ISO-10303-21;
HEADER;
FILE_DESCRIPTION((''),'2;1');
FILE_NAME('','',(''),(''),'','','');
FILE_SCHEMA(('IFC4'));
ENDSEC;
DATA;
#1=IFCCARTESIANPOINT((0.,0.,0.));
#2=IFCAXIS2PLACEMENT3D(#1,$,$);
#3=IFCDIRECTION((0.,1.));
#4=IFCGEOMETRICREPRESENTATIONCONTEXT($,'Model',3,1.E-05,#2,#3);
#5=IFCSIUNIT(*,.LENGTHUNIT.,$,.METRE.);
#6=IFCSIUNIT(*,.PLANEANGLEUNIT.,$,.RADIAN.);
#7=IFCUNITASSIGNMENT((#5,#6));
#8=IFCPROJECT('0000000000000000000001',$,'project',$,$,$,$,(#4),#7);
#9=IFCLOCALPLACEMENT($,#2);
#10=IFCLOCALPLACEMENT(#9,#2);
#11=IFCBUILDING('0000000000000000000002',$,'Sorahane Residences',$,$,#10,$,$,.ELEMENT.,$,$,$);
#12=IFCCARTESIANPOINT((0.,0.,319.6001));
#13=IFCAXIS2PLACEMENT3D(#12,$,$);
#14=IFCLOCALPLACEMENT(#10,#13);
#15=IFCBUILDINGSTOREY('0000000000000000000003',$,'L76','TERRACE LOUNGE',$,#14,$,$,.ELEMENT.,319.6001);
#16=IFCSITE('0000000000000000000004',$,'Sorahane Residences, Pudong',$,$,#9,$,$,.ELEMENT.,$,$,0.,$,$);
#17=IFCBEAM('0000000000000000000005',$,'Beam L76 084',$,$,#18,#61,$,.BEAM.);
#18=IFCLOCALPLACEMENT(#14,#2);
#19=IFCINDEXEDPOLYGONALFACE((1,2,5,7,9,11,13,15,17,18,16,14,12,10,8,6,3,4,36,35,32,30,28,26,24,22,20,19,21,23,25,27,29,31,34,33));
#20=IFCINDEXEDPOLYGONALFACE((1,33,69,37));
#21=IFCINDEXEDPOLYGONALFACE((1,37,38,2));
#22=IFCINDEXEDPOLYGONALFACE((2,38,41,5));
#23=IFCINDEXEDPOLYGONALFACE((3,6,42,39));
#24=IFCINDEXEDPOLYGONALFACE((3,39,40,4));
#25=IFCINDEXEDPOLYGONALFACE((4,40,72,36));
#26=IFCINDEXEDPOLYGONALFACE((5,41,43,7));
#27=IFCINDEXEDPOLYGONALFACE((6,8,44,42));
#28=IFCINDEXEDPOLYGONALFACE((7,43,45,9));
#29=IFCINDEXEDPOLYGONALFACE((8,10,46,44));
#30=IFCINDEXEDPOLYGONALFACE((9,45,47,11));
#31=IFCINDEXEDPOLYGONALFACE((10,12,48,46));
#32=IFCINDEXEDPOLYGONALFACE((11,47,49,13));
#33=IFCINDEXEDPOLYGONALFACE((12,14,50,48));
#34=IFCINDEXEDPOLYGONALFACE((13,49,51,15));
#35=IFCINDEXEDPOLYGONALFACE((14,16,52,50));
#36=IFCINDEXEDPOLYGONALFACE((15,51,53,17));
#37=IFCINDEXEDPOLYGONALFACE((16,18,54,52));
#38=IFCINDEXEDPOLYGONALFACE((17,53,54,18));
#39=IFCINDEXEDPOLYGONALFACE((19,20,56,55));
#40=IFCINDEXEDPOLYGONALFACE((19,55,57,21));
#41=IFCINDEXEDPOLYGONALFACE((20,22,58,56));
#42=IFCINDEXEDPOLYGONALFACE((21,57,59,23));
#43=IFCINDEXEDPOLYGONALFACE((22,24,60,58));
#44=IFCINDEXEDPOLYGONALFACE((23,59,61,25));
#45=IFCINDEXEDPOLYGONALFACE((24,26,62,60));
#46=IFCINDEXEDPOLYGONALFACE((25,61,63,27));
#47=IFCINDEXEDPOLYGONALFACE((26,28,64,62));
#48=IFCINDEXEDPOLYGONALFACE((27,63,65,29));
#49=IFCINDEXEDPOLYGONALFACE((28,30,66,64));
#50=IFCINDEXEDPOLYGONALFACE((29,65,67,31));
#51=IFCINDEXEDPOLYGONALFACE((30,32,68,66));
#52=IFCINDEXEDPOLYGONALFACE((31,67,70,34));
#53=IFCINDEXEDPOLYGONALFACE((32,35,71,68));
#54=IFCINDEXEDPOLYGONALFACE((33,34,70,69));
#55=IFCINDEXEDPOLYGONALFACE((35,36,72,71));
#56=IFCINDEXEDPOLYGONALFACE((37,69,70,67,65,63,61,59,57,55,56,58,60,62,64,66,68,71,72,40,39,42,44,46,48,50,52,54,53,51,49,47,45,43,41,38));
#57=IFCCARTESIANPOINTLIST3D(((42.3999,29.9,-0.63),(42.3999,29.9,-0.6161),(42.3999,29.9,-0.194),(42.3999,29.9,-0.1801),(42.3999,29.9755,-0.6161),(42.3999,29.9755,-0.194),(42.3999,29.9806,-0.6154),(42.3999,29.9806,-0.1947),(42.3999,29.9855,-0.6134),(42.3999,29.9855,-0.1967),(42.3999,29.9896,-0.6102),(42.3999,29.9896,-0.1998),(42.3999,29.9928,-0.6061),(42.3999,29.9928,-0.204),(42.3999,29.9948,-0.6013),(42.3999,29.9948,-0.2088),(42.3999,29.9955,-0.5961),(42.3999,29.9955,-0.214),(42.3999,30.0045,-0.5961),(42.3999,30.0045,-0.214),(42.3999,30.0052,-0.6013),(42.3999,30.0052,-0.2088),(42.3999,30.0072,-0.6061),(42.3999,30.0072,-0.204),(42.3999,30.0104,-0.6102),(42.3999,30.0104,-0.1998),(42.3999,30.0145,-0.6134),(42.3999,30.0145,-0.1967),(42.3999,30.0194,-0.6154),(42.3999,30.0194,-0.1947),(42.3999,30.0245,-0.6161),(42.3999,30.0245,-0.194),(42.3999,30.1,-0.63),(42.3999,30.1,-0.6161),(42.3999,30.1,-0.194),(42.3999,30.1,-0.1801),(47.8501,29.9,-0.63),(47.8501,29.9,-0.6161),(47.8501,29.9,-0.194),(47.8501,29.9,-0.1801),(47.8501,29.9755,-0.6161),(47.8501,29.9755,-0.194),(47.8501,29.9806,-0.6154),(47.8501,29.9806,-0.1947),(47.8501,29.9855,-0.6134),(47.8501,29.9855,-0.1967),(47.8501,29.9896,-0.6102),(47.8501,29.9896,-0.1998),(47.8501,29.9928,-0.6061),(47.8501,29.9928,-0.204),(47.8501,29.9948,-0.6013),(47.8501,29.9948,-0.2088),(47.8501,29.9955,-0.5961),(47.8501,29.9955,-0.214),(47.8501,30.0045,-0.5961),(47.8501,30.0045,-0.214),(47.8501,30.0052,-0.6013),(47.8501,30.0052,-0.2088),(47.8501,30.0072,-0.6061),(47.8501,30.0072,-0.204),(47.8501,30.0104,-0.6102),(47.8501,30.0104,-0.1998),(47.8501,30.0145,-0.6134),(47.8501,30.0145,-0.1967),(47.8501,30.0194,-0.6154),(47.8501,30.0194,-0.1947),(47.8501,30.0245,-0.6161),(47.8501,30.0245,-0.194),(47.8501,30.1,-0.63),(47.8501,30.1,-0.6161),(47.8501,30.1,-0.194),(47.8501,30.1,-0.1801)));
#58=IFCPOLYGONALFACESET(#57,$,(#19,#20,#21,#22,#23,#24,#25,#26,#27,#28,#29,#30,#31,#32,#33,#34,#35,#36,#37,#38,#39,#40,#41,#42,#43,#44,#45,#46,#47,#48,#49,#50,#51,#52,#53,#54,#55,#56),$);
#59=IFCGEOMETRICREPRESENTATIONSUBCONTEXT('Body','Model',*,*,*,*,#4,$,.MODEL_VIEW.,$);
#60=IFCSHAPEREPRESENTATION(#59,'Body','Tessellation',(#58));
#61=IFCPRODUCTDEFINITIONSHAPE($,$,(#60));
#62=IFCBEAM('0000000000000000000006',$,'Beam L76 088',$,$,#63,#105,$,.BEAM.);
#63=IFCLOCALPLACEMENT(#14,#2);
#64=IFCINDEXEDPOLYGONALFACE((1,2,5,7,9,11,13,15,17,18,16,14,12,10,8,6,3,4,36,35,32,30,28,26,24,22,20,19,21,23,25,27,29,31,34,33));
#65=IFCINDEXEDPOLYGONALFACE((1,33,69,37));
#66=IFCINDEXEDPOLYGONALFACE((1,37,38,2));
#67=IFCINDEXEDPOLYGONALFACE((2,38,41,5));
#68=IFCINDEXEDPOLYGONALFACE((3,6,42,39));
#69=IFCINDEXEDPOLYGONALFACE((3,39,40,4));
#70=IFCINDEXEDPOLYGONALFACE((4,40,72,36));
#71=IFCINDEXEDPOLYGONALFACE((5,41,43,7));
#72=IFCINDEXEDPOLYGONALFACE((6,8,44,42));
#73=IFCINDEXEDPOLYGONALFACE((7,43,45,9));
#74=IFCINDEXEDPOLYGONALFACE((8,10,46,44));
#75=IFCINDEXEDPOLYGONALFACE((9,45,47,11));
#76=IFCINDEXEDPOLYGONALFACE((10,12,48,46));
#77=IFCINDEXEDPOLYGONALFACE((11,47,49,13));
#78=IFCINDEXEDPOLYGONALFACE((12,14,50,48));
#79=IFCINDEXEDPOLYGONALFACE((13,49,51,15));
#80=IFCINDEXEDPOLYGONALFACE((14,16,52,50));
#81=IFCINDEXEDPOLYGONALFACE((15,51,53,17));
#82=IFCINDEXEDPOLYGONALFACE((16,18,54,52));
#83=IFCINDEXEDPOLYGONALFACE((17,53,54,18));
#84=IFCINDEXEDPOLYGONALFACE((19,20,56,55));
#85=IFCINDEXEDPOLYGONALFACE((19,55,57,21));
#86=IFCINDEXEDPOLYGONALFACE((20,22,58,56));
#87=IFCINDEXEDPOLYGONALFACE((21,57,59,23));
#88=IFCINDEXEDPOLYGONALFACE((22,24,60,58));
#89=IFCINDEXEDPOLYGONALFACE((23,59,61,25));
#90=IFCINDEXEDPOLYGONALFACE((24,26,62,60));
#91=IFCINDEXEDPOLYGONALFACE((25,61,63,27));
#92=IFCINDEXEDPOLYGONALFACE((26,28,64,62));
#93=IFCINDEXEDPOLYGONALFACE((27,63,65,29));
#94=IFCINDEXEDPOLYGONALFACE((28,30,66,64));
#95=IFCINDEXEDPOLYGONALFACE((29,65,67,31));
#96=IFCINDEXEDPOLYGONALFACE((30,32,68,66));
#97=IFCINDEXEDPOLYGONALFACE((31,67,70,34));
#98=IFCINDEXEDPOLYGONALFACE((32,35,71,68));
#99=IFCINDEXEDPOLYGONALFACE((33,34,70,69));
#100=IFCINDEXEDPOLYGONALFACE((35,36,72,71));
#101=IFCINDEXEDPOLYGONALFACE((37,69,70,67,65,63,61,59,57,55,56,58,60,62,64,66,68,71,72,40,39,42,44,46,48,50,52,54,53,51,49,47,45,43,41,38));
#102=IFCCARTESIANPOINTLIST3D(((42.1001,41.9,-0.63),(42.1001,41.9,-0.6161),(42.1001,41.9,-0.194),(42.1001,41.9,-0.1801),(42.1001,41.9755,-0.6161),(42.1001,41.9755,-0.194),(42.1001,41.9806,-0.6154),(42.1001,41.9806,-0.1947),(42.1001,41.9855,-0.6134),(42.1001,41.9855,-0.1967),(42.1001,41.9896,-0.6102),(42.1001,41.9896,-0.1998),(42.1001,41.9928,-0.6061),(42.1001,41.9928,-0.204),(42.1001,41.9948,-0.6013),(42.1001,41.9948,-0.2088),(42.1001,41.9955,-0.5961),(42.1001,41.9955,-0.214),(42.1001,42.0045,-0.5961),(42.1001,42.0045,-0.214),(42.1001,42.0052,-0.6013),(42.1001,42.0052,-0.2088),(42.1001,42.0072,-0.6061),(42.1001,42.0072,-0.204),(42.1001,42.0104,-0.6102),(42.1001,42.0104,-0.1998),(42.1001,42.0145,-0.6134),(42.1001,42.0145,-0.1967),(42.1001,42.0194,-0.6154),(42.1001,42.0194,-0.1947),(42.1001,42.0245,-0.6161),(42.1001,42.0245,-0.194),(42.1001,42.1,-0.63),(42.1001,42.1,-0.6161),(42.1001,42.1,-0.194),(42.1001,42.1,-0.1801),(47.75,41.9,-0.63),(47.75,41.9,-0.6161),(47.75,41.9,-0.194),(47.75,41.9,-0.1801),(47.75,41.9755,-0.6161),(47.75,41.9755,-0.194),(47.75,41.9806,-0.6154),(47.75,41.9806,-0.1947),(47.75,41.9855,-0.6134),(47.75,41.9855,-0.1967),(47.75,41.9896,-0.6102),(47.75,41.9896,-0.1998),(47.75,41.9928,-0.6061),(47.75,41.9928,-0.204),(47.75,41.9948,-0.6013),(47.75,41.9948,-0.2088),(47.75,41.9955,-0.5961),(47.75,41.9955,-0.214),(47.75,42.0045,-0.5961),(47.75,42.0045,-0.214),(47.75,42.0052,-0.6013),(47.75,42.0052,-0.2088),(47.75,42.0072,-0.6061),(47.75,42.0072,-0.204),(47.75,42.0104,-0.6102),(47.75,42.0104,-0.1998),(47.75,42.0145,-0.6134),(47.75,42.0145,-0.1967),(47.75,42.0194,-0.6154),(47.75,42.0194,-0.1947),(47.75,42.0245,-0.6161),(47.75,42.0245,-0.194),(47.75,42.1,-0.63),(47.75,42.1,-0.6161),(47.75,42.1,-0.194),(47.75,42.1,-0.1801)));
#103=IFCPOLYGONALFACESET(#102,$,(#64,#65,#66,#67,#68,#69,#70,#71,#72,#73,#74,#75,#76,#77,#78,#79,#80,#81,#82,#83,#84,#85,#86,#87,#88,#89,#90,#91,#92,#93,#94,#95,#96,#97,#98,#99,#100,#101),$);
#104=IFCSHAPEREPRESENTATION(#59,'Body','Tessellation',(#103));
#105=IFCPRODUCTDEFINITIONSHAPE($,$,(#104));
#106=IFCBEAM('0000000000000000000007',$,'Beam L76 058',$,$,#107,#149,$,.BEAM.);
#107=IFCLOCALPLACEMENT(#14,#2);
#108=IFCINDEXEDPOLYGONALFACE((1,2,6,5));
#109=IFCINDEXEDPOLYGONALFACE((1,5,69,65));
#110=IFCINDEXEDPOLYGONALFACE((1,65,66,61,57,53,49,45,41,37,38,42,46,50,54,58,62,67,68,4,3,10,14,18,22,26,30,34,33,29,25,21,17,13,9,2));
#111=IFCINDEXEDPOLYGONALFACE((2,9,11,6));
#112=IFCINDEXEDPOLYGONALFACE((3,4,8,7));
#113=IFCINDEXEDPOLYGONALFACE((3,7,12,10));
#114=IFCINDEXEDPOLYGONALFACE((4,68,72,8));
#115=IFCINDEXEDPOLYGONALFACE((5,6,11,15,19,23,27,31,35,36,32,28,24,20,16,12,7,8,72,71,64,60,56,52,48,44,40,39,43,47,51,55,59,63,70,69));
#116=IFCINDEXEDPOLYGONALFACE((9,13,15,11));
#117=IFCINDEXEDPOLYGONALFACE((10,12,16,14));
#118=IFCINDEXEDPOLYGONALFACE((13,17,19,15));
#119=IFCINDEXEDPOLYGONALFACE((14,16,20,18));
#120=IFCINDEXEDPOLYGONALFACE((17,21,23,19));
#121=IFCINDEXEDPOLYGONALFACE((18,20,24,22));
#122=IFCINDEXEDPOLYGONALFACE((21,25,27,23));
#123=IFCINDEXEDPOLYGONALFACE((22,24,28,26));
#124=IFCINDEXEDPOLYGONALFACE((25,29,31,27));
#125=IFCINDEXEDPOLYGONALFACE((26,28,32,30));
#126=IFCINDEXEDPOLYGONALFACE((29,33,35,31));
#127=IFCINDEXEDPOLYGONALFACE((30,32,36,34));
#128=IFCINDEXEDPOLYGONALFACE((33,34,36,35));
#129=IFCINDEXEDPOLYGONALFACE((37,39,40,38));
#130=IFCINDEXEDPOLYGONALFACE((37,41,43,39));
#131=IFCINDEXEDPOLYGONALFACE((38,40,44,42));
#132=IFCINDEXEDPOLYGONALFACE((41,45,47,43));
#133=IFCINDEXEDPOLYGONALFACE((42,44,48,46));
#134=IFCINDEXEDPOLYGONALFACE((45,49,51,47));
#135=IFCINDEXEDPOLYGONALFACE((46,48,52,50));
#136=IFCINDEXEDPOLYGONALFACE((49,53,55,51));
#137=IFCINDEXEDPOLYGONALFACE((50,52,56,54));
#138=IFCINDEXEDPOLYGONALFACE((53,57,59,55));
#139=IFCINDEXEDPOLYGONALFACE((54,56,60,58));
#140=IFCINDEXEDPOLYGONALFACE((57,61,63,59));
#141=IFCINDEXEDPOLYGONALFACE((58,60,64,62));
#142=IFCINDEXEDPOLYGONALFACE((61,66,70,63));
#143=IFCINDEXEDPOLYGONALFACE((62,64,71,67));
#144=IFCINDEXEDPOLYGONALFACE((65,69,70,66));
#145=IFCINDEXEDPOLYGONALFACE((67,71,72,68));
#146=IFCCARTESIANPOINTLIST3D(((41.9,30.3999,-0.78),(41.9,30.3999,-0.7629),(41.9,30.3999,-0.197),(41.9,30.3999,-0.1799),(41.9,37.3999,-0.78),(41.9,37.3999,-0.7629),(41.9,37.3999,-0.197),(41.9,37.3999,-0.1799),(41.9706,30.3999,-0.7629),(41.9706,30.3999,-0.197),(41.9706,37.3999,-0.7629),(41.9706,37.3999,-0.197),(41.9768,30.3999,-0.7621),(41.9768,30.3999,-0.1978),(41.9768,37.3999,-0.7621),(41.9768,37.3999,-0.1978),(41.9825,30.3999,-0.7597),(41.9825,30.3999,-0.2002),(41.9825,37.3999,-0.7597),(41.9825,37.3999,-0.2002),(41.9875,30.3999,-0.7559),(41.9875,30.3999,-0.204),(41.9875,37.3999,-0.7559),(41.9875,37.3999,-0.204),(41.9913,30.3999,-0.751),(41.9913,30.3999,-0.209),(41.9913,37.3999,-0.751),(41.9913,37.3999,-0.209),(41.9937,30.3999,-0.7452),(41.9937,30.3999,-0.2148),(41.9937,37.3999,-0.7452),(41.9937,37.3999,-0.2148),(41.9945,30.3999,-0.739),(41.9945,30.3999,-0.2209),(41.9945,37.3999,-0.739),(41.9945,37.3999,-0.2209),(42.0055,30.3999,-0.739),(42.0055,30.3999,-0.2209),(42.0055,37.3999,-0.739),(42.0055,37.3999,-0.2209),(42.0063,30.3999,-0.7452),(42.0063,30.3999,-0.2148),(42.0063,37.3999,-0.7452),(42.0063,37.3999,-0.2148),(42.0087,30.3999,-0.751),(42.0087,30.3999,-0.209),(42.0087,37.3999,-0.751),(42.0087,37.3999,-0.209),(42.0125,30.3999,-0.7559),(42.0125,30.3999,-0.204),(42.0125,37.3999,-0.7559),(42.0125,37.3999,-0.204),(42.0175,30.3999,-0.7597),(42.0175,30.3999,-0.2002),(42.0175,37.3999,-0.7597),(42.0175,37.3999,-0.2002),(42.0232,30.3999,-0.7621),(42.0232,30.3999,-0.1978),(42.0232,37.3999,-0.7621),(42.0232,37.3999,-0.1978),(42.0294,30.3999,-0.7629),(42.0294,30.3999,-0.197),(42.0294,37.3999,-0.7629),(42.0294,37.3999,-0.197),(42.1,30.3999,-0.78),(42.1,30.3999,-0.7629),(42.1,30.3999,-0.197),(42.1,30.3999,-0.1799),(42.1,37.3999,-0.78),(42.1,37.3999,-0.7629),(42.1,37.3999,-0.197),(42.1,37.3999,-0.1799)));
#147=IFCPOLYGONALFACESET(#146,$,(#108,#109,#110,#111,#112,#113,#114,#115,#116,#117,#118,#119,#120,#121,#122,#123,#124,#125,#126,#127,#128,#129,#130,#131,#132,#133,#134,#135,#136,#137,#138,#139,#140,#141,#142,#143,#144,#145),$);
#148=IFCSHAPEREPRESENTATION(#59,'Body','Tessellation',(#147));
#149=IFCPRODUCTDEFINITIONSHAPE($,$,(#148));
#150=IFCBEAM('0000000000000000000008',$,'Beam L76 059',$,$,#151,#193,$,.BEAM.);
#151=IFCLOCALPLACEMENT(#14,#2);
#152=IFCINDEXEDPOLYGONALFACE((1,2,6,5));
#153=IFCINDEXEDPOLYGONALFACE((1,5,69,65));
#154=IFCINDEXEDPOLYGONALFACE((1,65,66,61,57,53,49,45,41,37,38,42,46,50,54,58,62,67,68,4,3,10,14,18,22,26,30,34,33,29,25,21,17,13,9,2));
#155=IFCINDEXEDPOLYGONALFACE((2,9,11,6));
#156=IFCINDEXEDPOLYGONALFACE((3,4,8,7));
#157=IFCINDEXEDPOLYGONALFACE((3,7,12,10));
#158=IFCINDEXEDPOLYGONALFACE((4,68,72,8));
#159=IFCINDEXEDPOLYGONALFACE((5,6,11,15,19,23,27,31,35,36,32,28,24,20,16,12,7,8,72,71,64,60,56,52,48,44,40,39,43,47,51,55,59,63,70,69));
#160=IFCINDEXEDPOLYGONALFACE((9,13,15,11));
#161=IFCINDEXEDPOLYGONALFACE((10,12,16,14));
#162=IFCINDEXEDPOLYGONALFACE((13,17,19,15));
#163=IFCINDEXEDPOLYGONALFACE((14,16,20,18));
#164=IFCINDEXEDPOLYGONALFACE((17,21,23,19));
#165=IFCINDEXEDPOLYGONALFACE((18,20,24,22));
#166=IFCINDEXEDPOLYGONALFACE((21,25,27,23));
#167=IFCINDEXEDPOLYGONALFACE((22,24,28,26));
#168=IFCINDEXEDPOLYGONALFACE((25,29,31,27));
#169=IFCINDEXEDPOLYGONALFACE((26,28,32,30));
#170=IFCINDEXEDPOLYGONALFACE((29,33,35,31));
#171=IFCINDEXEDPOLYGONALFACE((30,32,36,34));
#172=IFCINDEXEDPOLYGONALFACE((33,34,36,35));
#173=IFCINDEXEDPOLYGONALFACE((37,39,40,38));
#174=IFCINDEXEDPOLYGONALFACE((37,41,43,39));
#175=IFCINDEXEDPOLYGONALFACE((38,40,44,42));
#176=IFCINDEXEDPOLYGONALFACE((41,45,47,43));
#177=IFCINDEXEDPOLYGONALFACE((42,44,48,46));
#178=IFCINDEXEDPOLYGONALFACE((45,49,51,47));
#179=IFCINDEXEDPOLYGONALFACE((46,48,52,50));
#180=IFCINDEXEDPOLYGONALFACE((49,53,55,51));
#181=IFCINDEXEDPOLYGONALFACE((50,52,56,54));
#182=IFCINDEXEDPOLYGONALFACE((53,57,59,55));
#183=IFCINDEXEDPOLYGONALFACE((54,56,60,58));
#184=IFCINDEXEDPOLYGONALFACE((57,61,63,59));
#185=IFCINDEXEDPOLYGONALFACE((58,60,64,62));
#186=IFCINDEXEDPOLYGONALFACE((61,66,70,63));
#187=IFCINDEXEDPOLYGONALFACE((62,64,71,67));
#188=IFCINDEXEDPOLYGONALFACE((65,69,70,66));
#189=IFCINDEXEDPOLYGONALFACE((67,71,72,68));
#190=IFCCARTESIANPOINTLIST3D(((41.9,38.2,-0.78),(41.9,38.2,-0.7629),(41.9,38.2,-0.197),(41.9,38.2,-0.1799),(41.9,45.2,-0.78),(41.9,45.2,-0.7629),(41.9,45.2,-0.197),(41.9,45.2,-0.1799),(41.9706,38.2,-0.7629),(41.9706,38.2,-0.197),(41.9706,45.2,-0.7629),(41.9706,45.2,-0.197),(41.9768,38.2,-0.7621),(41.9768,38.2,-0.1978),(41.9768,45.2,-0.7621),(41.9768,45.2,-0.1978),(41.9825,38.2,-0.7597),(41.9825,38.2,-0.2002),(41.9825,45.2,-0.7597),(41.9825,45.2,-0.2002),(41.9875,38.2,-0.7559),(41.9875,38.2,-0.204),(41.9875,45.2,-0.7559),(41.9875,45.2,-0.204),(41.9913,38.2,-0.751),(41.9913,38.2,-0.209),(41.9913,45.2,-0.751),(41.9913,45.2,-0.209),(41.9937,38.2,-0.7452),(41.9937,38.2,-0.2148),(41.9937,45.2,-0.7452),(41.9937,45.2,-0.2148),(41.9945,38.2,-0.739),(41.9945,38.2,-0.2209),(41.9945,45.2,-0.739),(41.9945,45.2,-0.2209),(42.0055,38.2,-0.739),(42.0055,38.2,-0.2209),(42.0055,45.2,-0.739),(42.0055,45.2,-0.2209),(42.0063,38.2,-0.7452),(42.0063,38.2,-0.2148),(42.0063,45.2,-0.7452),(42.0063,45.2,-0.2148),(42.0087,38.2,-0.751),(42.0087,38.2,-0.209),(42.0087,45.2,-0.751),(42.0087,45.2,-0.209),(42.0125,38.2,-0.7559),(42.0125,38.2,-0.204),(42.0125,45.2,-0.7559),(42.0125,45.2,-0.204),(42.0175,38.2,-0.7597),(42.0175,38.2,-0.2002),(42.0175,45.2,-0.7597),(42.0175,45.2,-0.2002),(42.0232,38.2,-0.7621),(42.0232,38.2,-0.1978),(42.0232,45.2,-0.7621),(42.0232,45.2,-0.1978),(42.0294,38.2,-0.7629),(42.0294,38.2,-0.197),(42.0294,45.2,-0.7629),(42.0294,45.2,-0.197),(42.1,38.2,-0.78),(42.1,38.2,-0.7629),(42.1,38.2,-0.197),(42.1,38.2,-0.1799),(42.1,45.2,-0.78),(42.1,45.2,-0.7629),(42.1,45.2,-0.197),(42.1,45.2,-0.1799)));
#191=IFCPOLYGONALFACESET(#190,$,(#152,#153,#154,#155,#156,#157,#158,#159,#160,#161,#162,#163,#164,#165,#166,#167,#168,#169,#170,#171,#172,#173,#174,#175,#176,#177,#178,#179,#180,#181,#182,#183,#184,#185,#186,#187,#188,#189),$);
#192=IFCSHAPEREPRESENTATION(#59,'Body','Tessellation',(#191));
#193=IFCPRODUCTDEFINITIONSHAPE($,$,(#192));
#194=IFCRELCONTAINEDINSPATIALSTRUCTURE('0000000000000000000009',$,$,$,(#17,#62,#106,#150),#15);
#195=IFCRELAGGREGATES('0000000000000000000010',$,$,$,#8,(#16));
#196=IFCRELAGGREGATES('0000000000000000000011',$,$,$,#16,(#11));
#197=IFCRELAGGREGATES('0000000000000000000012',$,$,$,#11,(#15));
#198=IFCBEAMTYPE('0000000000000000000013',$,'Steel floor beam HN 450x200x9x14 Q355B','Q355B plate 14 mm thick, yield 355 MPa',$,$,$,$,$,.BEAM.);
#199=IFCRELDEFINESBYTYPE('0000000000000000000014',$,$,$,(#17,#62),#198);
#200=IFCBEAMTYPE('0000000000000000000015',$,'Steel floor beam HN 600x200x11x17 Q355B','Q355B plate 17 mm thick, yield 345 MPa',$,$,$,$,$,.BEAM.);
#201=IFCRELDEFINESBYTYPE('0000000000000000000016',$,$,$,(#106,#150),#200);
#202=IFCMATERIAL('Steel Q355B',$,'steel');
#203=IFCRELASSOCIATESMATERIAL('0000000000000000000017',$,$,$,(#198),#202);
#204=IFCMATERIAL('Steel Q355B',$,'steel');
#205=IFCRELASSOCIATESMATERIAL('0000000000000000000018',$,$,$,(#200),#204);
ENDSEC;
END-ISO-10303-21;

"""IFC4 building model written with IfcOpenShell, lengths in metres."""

from ifc_helpers import new_model, si_unit, direction, frame, origin, origin_2d, place, context, subcontext, project, spatial, i_section, extrude, material, material_profile, profile_set, type_object, element, save


model = new_model("IFC4")

# Units and contexts
model_context = context("Model", 3, precision=1e-05, world=origin(), true_north=direction((0.0, 1.0)))
body_context = subcontext(model_context, "Body", "Model", "MODEL_VIEW")
ifc_project = project(units=[si_unit("LENGTHUNIT", "METRE"), si_unit("PLANEANGLEUNIT", "RADIAN")], contexts=[model_context])

# Site, building, storey
site_placement = place(None, origin())
site = spatial("IfcSite", under=ifc_project, at=site_placement, Name="Sorahane Residences, Pudong", CompositionType="ELEMENT", RefElevation=0.0)
building_placement = place(site_placement, origin())
building = spatial("IfcBuilding", under=site, at=building_placement, Name="Sorahane Residences", CompositionType="ELEMENT")
storey_placement = place(building_placement, frame((0.0, 0.0, 319.6001)))
storey = spatial("IfcBuildingStorey", under=building, at=storey_placement, Name="L76", Description="TERRACE LOUNGE", CompositionType="ELEMENT", Elevation=319.6001)

# Beams
ifc_material_1 = material(Name="Steel Q355B", Category="steel")
ifc_material_profile_1 = material_profile(ifc_material_1, i_section(OverallWidth=0.2, OverallDepth=0.45, WebThickness=0.009, FlangeThickness=0.0139, FilletRadius=0.02, at=origin_2d()), Name="HN 450x200x9x14")
ifc_profile_set_1 = profile_set([ifc_material_profile_1], Name="Steel Q355B")
beam_type_1 = type_object("IfcBeamType", Name="Steel floor beam HN 450x200x9x14 Q355B", Description="Q355B plate 14 mm thick, yield 355 MPa", PredefinedType="BEAM", material=ifc_profile_set_1)
beam_1_placement = place(storey_placement, frame((42.3999, 30.0, -0.405), z_axis=(1.0, 0.0, 0.0), x_axis=(0.0, 1.0, 0.0)))
element("IfcBeam", 1, at=beam_1_placement, inside=storey, type_object=beam_type_1, Name="Beam L76 084", PredefinedType="BEAM", context=body_context, shape_type="SweptSolid", body=[
    extrude(i_section(OverallWidth=0.2, OverallDepth=0.45, WebThickness=0.009, FlangeThickness=0.0139, FilletRadius=0.02, at=origin_2d()), origin(), (0.0, 0.0, 1.0), 5.4502),
])
beam_2_placement = place(storey_placement, frame((42.1001, 42.0, -0.405), z_axis=(1.0, 0.0, 0.0), x_axis=(0.0, 1.0, 0.0)))
element("IfcBeam", 2, at=beam_2_placement, inside=storey, type_object=beam_type_1, Name="Beam L76 088", PredefinedType="BEAM", context=body_context, shape_type="SweptSolid", body=[
    extrude(i_section(OverallWidth=0.2, OverallDepth=0.45, WebThickness=0.009, FlangeThickness=0.0139, FilletRadius=0.02, at=origin_2d()), origin(), (0.0, 0.0, 1.0), 5.6499),
])
ifc_material_2 = material(Name="Steel Q355B", Category="steel")
ifc_material_profile_2 = material_profile(ifc_material_2, i_section(OverallWidth=0.2, OverallDepth=0.6001, WebThickness=0.011, FlangeThickness=0.0171, FilletRadius=0.0239, at=origin_2d()), Name="HN 600x200x11x17")
ifc_profile_set_2 = profile_set([ifc_material_profile_2], Name="Steel Q355B")
beam_type_2 = type_object("IfcBeamType", Name="Steel floor beam HN 600x200x11x17 Q355B", Description="Q355B plate 17 mm thick, yield 345 MPa", PredefinedType="BEAM", material=ifc_profile_set_2)
for number, where, z_axis, x_axis, name in (
    (3, (42.0, 30.3999, -0.48), (0.0, 1.0, 0.0), (-1.0, 0.0, 0.0), "Beam L76 058"),
    (4, (42.0, 38.2, -0.48), (0.0, 1.0, 0.0), (-1.0, 0.0, 0.0), "Beam L76 059"),
):
    element("IfcBeam", number, at=place(storey_placement, frame(where, z_axis=z_axis, x_axis=x_axis)), inside=storey, type_object=beam_type_2, Name=name, PredefinedType="BEAM", context=body_context, shape_type="SweptSolid", body=[
        extrude(i_section(OverallWidth=0.2, OverallDepth=0.6001, WebThickness=0.011, FlangeThickness=0.0171, FilletRadius=0.0239, at=origin_2d()), origin(), (0.0, 0.0, 1.0), 7.0),
    ])

save(model, "model.ifc")
